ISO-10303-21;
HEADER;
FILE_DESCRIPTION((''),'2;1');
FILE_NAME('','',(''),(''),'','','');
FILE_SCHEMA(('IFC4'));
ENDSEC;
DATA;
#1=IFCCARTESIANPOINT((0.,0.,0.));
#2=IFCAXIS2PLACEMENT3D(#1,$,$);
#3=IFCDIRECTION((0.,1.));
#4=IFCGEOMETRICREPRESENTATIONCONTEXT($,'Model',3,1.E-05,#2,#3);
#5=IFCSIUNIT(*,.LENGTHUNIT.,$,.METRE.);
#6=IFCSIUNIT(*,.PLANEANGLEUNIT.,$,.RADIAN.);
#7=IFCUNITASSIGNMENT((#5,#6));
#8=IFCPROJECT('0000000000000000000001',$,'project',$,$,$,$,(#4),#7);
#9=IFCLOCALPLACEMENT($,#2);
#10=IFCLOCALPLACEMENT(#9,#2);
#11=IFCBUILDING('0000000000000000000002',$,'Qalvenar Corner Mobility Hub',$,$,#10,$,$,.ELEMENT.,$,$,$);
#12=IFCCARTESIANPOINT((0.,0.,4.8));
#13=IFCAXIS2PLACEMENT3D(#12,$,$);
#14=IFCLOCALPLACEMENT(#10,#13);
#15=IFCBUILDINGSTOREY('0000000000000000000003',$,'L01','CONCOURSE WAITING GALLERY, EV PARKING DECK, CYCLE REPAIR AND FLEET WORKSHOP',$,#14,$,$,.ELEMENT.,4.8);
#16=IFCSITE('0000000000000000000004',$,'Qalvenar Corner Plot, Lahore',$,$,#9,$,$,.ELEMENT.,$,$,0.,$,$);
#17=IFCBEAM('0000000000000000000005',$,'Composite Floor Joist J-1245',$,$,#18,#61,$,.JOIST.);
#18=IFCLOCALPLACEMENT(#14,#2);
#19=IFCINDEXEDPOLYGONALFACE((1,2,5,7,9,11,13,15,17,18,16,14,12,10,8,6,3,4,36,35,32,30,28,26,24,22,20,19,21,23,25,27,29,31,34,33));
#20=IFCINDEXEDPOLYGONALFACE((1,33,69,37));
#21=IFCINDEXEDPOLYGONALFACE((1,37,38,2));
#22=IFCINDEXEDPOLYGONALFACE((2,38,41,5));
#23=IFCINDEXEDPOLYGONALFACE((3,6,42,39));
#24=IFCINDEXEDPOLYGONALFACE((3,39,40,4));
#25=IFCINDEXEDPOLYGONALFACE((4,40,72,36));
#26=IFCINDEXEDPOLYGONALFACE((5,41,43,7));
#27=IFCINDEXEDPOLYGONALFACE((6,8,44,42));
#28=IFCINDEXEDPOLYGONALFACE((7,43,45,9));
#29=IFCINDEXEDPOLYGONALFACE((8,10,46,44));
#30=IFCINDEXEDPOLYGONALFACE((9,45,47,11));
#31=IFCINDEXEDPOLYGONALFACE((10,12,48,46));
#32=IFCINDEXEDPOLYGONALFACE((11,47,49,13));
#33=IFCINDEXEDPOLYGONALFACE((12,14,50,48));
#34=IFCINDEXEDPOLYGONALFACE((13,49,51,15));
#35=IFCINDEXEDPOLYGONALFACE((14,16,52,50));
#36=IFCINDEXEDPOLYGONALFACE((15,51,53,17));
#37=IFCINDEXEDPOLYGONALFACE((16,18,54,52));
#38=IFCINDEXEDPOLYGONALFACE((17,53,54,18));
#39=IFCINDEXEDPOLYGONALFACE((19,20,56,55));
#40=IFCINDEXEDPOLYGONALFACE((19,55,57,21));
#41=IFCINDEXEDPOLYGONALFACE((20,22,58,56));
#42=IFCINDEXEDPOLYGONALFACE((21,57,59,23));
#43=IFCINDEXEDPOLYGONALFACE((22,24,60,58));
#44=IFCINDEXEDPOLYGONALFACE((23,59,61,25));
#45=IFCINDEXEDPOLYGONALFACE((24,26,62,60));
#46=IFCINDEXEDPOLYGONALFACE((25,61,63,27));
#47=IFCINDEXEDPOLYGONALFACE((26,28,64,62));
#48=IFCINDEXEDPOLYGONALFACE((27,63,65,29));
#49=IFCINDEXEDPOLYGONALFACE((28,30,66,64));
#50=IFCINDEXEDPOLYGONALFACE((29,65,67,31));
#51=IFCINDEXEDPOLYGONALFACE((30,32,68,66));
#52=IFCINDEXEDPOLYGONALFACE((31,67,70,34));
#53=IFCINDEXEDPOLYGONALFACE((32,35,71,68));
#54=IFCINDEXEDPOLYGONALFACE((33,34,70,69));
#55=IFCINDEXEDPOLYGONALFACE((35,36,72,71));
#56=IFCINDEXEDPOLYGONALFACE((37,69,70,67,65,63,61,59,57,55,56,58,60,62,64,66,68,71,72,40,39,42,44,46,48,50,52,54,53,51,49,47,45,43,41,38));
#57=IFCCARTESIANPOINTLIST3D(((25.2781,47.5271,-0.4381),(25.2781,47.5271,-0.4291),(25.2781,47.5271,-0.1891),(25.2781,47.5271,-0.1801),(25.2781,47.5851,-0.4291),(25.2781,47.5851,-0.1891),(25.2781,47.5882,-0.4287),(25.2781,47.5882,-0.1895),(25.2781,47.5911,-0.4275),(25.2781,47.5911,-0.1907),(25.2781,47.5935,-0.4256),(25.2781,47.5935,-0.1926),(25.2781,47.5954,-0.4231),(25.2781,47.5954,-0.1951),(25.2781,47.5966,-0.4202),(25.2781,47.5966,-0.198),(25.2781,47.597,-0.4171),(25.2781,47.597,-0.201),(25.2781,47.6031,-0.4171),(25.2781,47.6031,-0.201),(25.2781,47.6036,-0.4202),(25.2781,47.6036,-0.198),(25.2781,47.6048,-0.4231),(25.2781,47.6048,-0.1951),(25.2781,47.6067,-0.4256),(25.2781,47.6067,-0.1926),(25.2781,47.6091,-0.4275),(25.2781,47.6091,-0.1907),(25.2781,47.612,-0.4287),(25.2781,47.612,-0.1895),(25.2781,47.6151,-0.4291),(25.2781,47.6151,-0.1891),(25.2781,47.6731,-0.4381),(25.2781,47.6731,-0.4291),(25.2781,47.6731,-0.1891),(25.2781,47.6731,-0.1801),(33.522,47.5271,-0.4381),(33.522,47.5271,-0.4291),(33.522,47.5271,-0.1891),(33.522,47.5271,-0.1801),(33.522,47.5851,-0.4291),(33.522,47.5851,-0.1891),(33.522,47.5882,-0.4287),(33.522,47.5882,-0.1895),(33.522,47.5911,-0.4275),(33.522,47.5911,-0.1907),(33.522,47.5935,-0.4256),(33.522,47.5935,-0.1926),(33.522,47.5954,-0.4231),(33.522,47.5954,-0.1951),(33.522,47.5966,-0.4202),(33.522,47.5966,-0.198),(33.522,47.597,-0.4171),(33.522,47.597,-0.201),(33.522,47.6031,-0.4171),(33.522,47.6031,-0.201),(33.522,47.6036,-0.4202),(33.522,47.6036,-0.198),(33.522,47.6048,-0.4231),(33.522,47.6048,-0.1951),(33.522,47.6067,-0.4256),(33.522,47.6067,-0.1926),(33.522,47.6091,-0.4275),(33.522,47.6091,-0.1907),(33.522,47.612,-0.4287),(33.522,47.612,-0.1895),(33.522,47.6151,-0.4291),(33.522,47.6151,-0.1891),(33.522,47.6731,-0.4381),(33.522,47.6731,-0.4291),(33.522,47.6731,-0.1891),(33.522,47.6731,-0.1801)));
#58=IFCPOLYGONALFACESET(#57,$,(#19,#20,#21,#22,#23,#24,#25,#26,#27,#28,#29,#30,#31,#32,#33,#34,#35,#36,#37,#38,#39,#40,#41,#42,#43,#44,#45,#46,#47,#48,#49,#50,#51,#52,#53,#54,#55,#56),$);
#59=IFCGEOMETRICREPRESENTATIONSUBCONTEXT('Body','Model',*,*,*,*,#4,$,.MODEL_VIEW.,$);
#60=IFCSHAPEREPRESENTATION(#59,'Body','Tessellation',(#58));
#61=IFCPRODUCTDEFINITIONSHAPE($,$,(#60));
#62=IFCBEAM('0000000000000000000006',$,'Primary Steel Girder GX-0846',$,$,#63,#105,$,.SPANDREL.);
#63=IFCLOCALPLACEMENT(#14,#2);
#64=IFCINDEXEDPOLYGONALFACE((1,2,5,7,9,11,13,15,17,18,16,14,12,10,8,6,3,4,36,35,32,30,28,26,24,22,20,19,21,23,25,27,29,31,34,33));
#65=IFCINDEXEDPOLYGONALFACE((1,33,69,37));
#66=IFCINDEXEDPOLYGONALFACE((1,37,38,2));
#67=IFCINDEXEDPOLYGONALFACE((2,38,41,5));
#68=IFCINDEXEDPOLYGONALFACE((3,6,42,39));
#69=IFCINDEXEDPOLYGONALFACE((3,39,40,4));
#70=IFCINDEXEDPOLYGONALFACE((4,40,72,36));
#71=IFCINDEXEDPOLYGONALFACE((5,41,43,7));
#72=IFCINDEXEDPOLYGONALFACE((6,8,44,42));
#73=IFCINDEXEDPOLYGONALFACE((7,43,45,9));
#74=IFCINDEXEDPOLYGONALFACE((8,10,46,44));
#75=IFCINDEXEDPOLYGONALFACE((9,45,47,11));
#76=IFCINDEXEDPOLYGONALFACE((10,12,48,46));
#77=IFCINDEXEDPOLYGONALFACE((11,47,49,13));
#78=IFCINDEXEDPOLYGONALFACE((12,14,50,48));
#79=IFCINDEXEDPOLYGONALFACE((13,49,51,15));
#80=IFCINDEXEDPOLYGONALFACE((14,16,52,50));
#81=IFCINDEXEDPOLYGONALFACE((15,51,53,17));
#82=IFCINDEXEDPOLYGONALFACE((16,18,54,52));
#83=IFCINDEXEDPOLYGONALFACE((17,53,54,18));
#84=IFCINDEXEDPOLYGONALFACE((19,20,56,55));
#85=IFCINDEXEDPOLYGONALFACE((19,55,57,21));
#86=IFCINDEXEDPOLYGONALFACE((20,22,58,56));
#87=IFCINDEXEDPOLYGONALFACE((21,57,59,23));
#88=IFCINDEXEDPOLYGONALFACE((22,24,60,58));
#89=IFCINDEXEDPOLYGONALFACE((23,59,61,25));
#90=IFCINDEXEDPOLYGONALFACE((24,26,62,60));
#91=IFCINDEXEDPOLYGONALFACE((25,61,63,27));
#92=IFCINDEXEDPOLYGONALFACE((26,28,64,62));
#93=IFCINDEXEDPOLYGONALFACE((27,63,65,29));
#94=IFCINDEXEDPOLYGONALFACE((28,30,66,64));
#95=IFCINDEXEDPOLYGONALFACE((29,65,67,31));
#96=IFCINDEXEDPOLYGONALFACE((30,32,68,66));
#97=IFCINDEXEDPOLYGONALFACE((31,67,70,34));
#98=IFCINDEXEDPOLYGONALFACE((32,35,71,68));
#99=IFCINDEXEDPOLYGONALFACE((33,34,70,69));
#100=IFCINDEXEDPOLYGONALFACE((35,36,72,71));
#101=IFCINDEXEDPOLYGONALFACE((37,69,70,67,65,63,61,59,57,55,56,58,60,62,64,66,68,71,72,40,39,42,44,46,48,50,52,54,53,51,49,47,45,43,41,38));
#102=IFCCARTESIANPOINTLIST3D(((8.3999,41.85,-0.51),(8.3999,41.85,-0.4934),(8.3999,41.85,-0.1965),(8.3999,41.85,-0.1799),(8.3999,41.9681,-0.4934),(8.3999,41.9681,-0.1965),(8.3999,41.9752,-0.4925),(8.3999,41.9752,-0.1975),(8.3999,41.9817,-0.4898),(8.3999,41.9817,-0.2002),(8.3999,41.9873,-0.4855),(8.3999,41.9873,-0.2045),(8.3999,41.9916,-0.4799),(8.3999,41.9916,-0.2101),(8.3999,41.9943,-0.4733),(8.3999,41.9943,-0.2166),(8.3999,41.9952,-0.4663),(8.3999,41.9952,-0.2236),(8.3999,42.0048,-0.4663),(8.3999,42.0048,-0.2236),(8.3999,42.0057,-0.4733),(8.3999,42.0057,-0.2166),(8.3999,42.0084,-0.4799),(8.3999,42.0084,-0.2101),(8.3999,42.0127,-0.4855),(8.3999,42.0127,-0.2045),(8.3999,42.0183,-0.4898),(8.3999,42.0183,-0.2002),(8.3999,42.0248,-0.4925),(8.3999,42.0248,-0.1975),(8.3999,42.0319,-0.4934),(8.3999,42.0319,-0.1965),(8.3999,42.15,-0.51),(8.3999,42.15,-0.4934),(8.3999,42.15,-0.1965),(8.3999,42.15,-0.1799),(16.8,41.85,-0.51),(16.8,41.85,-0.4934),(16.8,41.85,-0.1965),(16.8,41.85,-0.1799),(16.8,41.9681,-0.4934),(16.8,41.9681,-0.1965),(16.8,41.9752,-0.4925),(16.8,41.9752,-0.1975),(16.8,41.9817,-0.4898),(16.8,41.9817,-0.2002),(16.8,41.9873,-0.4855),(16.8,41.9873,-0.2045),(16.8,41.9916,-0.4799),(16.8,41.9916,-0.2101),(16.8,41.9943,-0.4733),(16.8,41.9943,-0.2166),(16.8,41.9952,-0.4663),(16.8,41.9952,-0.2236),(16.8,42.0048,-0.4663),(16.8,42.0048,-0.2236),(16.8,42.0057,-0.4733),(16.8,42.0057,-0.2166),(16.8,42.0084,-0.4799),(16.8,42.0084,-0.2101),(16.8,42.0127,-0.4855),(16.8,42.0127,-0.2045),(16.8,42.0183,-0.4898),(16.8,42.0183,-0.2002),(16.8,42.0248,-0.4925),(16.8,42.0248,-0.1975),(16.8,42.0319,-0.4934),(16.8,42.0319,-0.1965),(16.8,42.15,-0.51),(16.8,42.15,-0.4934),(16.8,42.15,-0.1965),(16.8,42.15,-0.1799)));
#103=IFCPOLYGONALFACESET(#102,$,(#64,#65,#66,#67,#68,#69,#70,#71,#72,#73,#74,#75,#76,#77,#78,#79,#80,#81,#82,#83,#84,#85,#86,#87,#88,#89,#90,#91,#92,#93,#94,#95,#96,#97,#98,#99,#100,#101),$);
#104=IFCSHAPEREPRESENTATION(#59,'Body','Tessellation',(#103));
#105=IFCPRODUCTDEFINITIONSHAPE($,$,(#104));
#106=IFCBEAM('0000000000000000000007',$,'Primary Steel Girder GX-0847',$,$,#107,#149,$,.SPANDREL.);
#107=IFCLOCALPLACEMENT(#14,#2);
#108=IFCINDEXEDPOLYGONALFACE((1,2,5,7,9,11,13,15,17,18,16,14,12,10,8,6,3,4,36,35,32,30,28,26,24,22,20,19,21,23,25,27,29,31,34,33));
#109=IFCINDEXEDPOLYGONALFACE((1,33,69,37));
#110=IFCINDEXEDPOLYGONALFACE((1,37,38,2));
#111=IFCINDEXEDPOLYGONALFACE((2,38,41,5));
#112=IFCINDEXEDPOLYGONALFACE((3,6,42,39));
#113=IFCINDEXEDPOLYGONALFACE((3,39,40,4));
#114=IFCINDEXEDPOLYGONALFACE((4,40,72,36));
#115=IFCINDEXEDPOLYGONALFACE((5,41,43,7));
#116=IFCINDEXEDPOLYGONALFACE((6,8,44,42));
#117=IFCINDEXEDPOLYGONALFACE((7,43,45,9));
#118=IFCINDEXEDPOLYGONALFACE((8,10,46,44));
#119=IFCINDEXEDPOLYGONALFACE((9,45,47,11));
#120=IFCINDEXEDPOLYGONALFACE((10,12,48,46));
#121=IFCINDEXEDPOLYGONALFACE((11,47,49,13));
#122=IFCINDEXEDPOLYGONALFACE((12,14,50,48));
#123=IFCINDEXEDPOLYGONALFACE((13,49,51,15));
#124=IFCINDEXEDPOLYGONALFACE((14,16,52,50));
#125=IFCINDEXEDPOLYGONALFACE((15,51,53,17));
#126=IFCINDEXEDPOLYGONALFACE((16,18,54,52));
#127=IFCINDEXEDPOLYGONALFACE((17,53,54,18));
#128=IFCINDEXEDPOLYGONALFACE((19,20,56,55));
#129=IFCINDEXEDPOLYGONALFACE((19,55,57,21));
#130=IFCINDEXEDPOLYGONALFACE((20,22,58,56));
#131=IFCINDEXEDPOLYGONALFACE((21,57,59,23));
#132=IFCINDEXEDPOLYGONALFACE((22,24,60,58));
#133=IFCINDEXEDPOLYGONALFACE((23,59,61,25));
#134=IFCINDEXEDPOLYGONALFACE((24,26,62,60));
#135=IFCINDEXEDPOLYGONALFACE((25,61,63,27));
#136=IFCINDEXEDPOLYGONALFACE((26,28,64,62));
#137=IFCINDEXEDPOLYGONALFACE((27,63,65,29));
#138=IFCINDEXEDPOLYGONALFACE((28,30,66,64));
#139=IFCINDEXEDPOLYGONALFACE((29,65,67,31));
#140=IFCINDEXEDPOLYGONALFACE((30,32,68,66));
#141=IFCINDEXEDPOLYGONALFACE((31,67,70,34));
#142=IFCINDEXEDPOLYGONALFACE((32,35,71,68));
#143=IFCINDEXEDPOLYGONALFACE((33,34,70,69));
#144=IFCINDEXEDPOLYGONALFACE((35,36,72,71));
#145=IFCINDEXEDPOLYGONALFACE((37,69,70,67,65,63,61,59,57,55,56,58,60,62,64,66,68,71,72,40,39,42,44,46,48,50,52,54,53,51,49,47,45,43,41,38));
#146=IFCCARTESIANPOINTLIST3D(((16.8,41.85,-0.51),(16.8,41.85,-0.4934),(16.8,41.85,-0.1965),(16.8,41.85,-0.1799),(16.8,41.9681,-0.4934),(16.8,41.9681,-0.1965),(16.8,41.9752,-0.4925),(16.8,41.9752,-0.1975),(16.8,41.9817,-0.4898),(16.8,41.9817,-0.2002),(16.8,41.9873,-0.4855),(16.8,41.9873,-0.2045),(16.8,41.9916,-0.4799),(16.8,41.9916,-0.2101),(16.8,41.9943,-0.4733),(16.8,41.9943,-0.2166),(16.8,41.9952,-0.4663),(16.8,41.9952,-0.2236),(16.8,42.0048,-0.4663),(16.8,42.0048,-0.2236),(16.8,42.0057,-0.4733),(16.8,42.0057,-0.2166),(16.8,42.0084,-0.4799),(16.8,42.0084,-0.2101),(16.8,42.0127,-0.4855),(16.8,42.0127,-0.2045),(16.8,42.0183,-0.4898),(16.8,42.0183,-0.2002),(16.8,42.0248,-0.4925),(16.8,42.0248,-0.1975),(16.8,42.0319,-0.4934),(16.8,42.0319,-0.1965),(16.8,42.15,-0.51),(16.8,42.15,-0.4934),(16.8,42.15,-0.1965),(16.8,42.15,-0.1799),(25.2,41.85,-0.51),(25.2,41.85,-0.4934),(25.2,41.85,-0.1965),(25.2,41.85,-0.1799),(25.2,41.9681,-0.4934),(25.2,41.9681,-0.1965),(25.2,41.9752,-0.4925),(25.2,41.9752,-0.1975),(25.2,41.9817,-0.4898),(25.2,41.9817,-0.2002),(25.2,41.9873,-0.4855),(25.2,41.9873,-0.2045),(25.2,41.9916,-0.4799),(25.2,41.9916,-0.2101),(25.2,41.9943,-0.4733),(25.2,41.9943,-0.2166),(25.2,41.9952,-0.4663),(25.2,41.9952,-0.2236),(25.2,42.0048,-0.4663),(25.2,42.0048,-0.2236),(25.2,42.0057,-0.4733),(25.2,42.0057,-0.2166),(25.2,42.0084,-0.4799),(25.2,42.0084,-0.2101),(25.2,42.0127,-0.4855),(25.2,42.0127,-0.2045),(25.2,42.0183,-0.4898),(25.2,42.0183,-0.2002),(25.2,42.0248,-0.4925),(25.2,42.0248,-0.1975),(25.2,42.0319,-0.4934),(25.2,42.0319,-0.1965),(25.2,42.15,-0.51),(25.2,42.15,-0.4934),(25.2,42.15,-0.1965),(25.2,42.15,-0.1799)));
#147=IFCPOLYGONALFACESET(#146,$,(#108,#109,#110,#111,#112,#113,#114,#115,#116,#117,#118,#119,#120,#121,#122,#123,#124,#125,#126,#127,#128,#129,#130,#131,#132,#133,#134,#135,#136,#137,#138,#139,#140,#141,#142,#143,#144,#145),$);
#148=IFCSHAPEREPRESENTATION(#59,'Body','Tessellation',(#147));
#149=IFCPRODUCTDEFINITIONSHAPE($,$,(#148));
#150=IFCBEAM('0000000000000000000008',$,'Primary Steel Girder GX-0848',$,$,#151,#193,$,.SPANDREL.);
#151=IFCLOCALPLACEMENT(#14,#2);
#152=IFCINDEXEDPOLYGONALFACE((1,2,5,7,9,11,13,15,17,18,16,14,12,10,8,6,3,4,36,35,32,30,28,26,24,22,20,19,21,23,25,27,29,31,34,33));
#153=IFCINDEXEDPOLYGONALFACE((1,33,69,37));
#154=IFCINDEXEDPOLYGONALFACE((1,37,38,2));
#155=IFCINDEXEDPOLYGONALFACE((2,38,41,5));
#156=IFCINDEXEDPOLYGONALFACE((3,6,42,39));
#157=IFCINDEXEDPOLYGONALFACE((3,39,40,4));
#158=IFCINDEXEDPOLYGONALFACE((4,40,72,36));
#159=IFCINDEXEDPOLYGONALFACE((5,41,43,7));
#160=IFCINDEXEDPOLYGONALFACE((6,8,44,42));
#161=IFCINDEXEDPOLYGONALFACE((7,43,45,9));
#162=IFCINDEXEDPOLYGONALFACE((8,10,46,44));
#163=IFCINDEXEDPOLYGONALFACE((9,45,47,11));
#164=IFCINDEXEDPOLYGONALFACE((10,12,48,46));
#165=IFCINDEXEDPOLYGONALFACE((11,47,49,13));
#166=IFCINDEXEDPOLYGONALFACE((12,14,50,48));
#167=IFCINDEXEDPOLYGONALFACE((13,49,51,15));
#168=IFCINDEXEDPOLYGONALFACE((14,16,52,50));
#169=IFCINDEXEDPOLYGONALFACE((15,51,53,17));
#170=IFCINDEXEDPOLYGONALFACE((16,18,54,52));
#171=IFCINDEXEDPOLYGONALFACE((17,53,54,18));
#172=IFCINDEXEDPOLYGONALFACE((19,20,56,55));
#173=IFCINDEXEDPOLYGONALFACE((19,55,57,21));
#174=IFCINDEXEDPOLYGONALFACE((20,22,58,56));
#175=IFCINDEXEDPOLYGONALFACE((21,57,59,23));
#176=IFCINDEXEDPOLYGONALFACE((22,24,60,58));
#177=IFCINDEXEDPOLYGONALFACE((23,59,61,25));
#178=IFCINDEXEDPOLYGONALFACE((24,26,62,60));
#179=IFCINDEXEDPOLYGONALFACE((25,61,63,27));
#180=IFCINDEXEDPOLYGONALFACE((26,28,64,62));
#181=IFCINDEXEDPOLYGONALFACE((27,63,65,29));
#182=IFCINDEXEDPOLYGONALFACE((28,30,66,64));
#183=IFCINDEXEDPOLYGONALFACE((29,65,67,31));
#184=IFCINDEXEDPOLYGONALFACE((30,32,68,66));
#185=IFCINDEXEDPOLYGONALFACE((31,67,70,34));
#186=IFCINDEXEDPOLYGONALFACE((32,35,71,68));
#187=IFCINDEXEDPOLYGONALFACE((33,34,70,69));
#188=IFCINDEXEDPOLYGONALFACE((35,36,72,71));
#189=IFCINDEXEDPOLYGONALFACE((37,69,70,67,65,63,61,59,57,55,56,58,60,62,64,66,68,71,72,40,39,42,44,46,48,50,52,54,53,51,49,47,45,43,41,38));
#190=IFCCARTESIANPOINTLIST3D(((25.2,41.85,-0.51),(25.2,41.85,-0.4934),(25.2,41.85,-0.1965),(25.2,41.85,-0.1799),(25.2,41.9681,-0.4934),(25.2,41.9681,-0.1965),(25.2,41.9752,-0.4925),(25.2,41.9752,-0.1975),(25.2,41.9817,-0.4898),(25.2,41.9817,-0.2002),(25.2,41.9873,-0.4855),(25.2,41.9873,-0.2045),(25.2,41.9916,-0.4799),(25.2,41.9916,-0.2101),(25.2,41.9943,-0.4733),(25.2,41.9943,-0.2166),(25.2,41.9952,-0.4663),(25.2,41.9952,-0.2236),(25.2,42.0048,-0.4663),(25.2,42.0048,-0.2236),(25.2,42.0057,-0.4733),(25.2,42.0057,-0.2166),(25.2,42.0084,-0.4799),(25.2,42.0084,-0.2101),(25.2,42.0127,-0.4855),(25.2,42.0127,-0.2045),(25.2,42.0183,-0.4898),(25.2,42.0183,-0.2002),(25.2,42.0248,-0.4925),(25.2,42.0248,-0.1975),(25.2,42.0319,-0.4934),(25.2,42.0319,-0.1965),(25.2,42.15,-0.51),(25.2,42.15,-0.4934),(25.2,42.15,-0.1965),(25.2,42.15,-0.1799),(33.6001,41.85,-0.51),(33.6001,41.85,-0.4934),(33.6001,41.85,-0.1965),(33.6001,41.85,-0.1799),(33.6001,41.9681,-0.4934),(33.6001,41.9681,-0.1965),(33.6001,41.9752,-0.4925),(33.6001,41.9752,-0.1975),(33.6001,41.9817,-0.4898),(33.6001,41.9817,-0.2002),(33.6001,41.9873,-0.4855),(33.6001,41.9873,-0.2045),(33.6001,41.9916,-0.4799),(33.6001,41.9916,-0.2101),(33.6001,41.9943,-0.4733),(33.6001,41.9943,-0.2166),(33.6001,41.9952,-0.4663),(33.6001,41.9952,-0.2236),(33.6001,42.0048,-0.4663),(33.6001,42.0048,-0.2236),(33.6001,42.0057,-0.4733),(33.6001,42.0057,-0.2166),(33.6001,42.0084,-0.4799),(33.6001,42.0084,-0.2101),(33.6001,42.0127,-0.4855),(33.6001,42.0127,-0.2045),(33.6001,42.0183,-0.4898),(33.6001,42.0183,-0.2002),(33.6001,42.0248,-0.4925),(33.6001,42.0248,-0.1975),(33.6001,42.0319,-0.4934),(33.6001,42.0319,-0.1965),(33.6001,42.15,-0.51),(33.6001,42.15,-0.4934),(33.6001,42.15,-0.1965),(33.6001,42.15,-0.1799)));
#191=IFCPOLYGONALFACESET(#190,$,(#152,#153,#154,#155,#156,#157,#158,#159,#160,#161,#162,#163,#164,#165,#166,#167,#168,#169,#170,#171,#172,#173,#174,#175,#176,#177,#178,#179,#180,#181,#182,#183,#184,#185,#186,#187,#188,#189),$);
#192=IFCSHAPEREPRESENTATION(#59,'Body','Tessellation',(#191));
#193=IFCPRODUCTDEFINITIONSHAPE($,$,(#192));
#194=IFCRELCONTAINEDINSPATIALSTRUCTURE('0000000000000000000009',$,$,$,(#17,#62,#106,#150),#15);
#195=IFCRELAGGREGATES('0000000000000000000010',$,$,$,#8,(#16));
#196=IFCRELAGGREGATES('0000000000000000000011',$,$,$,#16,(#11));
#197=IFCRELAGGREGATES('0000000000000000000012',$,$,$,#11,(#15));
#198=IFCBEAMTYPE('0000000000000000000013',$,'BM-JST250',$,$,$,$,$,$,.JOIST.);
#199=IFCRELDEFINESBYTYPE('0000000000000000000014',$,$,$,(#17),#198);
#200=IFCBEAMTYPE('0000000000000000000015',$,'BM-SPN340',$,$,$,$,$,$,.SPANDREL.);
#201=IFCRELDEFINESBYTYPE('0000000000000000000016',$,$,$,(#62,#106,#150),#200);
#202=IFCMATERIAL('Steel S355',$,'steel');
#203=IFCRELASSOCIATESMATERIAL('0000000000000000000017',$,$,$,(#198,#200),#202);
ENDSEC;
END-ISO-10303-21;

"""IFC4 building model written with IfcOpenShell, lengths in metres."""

from ifc_helpers import new_model, si_unit, direction, frame, origin, origin_2d, place, context, subcontext, project, spatial, i_section, extrude, material, material_profile, profile_set, type_object, element, save


model = new_model("IFC4")

# Units and contexts
model_context = context("Model", 3, precision=1e-05, world=origin(), true_north=direction((0.0, 1.0)))
body_context = subcontext(model_context, "Body", "Model", "MODEL_VIEW")
ifc_project = project(units=[si_unit("LENGTHUNIT", "METRE"), si_unit("PLANEANGLEUNIT", "RADIAN")], contexts=[model_context])

# Site, building, storey
site_placement = place(None, origin())
site = spatial("IfcSite", under=ifc_project, at=site_placement, Name="Qalvenar Corner Plot, Lahore", CompositionType="ELEMENT", RefElevation=0.0)
building_placement = place(site_placement, origin())
building = spatial("IfcBuilding", under=site, at=building_placement, Name="Qalvenar Corner Mobility Hub", CompositionType="ELEMENT")
storey_placement = place(building_placement, frame((0.0, 0.0, 4.8)))
storey = spatial("IfcBuildingStorey", under=building, at=storey_placement, Name="L01", Description="CONCOURSE WAITING GALLERY, EV PARKING DECK, CYCLE REPAIR AND FLEET WORKSHOP", CompositionType="ELEMENT", Elevation=4.8)

# Shared definitions
ifc_material_1 = material(Name="Steel S355", Category="steel")

# Beams
ifc_material_profile_1 = material_profile(ifc_material_1, i_section(OverallWidth=0.146, OverallDepth=0.2581, WebThickness=0.0061, FlangeThickness=0.009, FilletRadius=0.012, at=origin_2d()), Name="W250x32.7")
ifc_profile_set_1 = profile_set([ifc_material_profile_1], Name="Steel S355")
beam_type_1 = type_object("IfcBeamType", Name="BM-JST250", PredefinedType="JOIST", material=ifc_profile_set_1)
for number, where, z_axis, x_axis, name in (
    (1, (25.2781, 47.6001, -0.3091), (1.0, 0.0, 0.0), (0.0, 1.0, 0.0), "Composite Floor Joist J-1245"),
):
    element("IfcBeam", number, at=place(storey_placement, frame(where, z_axis=z_axis, x_axis=x_axis)), inside=storey, type_object=beam_type_1, Name=name, PredefinedType="JOIST", context=body_context, shape_type="SweptSolid", body=[
        extrude(i_section(OverallWidth=0.146, OverallDepth=0.2581, WebThickness=0.0061, FlangeThickness=0.009, FilletRadius=0.012, at=origin_2d()), origin(), (0.0, 0.0, 1.0), 8.2439),
    ])
ifc_material_profile_2 = material_profile(ifc_material_1, i_section(OverallWidth=0.3, OverallDepth=0.3301, WebThickness=0.0095, FlangeThickness=0.0166, FilletRadius=0.0271, at=origin_2d()), Name="HEA340")
ifc_profile_set_2 = profile_set([ifc_material_profile_2], Name="Steel S355")
beam_type_2 = type_object("IfcBeamType", Name="BM-SPN340", PredefinedType="SPANDREL", material=ifc_profile_set_2)
beam_1_placement = place(storey_placement, frame((8.3999, 42.0, -0.345), z_axis=(1.0, 0.0, 0.0), x_axis=(0.0, 1.0, 0.0)))
element("IfcBeam", 2, at=beam_1_placement, inside=storey, type_object=beam_type_2, Name="Primary Steel Girder GX-0846", PredefinedType="SPANDREL", context=body_context, shape_type="SweptSolid", body=[
    extrude(i_section(OverallWidth=0.3, OverallDepth=0.3301, WebThickness=0.0095, FlangeThickness=0.0166, FilletRadius=0.0271, at=origin_2d()), origin(), (0.0, 0.0, 1.0), 8.4001),
])
beam_2_placement = place(storey_placement, frame((16.8, 42.0, -0.345), z_axis=(1.0, 0.0, 0.0), x_axis=(0.0, 1.0, 0.0)))
element("IfcBeam", 3, at=beam_2_placement, inside=storey, type_object=beam_type_2, Name="Primary Steel Girder GX-0847", PredefinedType="SPANDREL", context=body_context, shape_type="SweptSolid", body=[
    extrude(i_section(OverallWidth=0.3, OverallDepth=0.3301, WebThickness=0.0095, FlangeThickness=0.0166, FilletRadius=0.0271, at=origin_2d()), origin(), (0.0, 0.0, 1.0), 8.3999),
])
beam_3_placement = place(storey_placement, frame((25.2, 42.0, -0.345), z_axis=(1.0, 0.0, 0.0), x_axis=(0.0, 1.0, 0.0)))
element("IfcBeam", 4, at=beam_3_placement, inside=storey, type_object=beam_type_2, Name="Primary Steel Girder GX-0848", PredefinedType="SPANDREL", context=body_context, shape_type="SweptSolid", body=[
    extrude(i_section(OverallWidth=0.3, OverallDepth=0.3301, WebThickness=0.0095, FlangeThickness=0.0166, FilletRadius=0.0271, at=origin_2d()), origin(), (0.0, 0.0, 1.0), 8.4001),
])

save(model, "model.ifc")
